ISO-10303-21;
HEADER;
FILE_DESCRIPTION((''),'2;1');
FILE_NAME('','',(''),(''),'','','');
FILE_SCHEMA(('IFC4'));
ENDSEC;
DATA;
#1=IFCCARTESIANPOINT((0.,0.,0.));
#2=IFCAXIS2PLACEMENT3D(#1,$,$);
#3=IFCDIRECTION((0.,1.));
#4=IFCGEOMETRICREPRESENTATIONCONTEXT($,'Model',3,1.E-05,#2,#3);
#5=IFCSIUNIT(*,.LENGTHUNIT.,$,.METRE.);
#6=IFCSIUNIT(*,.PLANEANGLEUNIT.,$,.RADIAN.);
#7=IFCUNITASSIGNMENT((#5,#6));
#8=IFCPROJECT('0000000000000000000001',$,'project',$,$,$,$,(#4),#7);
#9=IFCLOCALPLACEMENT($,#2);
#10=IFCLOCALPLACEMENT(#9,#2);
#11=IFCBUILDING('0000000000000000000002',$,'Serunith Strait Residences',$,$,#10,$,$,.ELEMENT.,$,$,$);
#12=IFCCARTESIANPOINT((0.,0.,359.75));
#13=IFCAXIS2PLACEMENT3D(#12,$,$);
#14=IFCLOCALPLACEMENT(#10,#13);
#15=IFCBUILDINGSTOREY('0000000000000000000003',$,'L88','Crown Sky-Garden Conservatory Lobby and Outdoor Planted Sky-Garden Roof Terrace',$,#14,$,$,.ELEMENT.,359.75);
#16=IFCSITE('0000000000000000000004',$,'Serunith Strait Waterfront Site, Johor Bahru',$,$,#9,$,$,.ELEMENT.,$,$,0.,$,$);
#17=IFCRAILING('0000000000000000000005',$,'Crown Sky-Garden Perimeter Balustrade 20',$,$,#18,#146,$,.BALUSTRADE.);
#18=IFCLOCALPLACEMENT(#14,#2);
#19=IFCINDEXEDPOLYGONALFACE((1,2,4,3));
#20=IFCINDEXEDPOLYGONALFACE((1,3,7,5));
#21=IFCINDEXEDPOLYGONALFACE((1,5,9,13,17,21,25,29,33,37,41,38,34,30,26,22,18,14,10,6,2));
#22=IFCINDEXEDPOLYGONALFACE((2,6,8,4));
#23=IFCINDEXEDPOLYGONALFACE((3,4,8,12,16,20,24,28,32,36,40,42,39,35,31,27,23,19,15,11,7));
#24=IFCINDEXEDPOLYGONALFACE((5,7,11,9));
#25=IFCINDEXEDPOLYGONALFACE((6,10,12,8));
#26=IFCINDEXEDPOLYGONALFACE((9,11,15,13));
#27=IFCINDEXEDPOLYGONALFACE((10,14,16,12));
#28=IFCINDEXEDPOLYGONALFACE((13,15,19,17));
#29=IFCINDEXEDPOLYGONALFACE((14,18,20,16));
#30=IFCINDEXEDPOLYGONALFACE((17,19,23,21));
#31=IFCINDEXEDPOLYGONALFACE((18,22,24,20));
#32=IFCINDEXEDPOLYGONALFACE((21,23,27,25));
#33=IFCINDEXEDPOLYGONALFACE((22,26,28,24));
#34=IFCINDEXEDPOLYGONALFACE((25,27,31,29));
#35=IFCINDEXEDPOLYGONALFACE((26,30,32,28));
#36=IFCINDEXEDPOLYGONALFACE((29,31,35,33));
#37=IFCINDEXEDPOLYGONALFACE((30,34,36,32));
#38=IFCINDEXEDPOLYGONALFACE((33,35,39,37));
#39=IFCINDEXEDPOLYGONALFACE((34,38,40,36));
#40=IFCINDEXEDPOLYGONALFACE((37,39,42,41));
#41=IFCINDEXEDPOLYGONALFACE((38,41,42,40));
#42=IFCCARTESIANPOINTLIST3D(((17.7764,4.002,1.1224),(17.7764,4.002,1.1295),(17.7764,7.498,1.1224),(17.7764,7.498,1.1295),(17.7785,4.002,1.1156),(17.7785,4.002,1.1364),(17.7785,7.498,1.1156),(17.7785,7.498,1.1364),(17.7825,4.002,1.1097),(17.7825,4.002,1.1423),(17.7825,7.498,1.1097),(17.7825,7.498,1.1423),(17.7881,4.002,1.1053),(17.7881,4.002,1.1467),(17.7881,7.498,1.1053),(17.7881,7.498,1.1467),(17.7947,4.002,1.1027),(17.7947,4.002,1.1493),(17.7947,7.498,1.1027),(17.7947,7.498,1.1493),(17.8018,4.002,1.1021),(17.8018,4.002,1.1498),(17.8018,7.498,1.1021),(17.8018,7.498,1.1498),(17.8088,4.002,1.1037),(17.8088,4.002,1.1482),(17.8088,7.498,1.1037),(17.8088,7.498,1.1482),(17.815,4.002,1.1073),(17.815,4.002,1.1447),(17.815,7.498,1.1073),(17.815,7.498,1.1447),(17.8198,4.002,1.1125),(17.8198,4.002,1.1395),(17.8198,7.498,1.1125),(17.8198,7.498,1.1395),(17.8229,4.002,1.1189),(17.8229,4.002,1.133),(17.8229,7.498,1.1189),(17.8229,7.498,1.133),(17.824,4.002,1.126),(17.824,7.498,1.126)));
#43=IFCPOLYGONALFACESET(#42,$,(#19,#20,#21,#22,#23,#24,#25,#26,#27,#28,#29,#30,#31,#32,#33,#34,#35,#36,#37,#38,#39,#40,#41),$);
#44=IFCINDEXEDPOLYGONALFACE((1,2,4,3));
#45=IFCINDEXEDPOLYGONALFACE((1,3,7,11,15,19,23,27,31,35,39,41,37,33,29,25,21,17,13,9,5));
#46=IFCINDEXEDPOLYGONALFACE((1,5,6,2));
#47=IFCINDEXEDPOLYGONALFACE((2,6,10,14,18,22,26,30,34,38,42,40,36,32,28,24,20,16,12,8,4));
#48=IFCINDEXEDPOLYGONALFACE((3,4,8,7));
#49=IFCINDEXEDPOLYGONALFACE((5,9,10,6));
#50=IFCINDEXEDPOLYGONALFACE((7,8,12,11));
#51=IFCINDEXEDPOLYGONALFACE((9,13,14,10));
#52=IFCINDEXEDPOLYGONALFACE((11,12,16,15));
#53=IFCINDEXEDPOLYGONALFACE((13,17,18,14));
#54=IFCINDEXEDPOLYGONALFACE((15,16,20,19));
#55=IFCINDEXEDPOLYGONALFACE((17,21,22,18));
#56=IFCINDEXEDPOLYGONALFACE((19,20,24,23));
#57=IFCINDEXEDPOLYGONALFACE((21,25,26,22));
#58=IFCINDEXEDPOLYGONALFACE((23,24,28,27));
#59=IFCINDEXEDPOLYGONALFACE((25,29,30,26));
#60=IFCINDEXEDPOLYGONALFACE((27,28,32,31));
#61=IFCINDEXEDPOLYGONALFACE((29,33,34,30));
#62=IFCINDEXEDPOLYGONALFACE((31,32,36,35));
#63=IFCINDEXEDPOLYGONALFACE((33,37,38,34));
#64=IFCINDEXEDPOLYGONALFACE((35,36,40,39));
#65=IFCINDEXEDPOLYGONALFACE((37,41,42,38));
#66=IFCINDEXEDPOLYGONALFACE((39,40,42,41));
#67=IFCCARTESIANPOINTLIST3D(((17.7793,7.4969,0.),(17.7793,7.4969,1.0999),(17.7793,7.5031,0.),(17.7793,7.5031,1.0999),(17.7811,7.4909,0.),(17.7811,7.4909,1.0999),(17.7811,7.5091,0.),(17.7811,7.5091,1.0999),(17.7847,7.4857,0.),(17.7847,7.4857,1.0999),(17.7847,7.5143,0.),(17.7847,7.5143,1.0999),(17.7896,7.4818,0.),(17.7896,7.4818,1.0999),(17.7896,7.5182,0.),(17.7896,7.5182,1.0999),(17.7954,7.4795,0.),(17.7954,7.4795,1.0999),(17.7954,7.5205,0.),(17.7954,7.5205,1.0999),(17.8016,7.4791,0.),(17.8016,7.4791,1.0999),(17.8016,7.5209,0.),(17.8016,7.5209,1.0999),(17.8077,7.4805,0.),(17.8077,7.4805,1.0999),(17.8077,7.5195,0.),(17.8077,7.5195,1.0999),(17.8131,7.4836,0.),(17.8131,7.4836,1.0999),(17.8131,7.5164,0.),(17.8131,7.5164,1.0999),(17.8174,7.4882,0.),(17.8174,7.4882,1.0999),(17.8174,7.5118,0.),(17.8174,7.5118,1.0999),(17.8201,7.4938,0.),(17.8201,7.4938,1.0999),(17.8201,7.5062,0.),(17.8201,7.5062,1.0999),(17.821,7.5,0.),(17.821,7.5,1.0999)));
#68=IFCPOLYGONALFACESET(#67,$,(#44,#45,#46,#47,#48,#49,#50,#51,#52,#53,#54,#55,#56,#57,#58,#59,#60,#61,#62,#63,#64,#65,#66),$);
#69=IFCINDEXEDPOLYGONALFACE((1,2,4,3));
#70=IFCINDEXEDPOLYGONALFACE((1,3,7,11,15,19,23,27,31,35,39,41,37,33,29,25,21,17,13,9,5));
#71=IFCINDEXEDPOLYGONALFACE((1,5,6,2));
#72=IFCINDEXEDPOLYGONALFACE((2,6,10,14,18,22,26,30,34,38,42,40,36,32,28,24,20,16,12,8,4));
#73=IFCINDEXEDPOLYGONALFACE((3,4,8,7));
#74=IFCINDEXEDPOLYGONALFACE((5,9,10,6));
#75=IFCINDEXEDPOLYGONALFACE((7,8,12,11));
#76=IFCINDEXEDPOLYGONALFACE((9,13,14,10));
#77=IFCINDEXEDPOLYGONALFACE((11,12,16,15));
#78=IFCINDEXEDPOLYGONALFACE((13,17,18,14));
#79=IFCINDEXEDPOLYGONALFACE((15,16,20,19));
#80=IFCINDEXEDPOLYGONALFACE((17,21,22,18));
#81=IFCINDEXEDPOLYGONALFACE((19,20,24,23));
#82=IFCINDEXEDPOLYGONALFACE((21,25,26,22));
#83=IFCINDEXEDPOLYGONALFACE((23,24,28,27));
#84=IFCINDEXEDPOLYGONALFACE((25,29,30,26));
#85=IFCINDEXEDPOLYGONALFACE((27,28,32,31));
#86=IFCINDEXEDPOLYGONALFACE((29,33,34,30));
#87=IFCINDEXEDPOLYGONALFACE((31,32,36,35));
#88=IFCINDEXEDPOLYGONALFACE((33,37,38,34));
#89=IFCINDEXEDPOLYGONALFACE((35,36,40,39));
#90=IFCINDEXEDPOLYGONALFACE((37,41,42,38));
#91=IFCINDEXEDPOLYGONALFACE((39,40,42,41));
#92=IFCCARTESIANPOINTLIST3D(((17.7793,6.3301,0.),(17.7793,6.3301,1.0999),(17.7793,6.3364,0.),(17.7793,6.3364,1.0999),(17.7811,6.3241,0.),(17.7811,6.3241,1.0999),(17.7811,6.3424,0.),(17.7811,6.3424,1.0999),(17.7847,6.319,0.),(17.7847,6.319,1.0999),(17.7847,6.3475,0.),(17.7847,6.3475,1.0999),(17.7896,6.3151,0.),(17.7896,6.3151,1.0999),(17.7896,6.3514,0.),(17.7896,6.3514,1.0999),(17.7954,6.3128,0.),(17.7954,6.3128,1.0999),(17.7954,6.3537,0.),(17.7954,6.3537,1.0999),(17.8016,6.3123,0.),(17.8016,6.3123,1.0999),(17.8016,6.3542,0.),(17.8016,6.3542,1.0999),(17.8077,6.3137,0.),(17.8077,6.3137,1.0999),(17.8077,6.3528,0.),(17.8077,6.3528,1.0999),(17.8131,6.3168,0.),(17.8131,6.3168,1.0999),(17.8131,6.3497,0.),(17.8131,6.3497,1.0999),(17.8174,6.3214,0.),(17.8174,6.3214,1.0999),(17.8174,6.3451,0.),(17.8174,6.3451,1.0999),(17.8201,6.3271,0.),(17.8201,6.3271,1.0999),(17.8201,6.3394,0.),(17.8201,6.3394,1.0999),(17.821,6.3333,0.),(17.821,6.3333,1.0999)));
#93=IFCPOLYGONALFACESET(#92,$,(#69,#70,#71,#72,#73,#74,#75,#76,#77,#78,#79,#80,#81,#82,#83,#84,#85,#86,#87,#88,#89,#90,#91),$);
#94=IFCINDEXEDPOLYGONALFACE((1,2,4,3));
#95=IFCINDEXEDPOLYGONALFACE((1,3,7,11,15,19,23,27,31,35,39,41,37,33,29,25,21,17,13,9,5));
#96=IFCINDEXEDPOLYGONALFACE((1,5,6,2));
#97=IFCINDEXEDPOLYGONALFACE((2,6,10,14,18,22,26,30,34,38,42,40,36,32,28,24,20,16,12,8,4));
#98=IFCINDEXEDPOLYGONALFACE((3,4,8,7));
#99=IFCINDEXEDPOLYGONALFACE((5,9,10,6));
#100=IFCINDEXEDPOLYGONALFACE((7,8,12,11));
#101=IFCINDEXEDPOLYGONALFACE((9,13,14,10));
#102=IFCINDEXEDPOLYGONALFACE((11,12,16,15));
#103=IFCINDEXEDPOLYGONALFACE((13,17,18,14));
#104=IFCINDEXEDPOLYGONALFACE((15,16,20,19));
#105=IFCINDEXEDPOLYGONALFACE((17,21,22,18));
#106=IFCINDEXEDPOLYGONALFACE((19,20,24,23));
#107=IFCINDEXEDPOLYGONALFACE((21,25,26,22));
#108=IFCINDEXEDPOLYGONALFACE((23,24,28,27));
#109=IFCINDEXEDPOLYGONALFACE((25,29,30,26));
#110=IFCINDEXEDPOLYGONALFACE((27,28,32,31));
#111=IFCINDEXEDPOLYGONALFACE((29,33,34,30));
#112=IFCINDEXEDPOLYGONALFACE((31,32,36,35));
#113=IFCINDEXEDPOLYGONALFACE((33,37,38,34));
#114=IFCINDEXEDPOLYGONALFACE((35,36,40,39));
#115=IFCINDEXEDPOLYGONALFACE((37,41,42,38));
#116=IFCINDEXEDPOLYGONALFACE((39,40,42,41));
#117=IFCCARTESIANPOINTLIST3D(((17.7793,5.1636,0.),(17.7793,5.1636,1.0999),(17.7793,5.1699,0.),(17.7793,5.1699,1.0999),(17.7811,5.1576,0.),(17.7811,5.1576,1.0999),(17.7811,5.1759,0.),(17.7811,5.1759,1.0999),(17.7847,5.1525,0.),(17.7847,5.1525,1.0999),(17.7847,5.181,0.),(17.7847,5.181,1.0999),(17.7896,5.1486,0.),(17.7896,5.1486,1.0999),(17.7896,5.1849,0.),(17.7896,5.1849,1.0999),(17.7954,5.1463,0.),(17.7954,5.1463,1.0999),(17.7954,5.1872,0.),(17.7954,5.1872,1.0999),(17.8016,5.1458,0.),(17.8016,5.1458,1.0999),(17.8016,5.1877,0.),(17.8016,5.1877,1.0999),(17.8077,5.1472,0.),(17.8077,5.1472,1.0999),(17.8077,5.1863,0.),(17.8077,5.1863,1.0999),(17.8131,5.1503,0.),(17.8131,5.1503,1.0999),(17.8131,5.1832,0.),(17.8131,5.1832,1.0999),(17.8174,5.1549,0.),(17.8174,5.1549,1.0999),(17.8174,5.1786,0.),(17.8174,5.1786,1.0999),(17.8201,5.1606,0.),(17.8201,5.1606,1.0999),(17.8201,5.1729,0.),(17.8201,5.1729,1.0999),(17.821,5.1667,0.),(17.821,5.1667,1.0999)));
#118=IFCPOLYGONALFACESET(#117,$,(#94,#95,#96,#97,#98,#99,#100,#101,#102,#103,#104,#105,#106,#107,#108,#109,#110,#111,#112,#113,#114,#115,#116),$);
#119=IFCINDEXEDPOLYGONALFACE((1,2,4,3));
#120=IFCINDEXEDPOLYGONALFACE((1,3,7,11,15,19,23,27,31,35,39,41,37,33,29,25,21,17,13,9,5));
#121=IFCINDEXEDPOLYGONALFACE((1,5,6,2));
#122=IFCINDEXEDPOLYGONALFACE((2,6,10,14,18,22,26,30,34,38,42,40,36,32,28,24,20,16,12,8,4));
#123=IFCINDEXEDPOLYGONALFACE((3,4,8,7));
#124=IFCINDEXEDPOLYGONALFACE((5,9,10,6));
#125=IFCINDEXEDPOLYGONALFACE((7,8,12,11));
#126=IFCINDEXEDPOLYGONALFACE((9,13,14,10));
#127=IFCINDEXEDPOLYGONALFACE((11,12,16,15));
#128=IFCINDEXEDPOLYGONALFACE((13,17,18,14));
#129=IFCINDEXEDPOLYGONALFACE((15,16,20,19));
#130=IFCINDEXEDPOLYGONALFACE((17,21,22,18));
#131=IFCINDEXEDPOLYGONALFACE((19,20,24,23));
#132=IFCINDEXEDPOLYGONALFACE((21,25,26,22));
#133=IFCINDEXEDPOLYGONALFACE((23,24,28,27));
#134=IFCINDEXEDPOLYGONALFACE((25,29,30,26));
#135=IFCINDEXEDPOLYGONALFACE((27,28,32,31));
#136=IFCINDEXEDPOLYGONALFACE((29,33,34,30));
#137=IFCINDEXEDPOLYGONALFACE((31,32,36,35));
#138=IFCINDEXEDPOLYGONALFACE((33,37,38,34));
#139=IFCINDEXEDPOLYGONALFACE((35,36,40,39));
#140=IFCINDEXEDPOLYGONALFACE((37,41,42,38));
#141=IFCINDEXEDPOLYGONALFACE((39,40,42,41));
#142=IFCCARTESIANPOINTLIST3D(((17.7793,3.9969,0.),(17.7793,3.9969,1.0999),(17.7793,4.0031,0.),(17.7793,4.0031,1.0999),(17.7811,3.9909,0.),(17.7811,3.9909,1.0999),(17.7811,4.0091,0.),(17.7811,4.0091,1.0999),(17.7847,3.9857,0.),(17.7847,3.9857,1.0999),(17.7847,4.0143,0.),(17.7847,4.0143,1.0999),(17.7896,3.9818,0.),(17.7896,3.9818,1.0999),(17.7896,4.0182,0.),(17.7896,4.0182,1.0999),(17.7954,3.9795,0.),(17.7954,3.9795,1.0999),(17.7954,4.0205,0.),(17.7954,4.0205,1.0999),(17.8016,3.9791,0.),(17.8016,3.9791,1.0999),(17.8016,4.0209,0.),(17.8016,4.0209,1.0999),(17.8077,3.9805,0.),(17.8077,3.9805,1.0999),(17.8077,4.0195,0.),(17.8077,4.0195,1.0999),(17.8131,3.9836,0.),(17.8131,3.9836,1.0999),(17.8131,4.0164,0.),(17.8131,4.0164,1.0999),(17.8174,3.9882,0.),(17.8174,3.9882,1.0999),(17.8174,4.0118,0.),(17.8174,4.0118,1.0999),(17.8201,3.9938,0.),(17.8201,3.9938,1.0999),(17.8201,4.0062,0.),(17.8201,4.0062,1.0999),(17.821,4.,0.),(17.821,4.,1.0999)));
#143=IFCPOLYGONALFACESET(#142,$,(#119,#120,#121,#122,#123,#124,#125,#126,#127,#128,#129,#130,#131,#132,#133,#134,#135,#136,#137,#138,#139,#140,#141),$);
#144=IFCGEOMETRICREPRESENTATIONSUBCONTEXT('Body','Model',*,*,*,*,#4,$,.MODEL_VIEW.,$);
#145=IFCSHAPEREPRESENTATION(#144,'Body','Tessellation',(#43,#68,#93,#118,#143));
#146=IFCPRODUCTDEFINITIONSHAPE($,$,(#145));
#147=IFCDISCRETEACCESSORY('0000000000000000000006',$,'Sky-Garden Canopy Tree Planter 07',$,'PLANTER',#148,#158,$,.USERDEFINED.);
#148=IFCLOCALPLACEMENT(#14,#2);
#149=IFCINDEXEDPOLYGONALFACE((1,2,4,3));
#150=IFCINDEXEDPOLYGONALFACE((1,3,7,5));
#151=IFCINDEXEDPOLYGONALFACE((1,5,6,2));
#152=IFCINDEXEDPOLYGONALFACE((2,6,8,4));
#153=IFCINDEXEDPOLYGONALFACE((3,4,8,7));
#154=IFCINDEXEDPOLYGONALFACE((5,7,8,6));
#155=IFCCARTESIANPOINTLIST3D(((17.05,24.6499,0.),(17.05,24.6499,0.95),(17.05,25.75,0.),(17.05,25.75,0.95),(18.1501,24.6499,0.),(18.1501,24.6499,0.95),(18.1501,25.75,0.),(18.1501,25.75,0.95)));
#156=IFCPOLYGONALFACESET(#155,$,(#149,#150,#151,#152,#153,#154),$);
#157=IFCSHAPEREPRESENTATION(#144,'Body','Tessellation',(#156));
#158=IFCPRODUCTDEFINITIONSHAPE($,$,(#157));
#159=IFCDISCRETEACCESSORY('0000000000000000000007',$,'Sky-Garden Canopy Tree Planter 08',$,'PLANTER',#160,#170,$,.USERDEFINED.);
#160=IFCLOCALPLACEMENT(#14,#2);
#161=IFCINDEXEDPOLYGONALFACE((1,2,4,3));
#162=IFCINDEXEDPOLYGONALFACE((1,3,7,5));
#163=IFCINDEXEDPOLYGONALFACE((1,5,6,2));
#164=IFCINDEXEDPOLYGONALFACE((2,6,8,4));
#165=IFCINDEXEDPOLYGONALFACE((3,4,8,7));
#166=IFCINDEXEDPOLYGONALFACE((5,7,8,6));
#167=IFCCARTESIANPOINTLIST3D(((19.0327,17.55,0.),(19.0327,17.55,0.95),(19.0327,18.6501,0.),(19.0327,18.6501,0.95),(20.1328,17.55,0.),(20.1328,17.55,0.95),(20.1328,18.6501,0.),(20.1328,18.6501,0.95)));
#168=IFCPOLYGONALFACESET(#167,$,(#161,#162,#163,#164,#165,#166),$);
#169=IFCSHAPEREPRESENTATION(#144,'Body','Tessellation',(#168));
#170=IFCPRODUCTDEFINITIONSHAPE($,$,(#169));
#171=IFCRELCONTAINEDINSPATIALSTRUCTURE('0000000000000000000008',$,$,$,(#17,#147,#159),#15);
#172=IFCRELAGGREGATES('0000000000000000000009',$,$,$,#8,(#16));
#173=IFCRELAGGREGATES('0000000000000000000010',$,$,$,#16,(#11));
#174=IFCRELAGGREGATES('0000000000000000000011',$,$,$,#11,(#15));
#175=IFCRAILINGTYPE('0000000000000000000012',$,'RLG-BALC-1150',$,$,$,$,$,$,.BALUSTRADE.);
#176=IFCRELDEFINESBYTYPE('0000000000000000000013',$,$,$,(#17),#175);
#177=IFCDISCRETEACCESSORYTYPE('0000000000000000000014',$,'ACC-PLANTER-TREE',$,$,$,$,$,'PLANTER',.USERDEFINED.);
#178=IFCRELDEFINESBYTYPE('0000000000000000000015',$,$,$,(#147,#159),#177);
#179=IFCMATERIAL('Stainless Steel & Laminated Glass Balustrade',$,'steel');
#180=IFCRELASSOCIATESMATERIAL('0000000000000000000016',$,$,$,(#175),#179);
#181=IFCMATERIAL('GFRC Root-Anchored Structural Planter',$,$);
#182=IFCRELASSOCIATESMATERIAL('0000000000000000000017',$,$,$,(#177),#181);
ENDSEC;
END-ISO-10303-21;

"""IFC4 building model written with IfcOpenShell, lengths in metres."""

from ifc_helpers import new_model, si_unit, direction, frame, origin, origin_2d, place, context, subcontext, project, spatial, rectangle, circle, extrude, source, transform, mapped, material, type_object, element, save


model = new_model("IFC4")

# Units and contexts
model_context = context("Model", 3, precision=1e-05, world=origin(), true_north=direction((0.0, 1.0)))
body_context = subcontext(model_context, "Body", "Model", "MODEL_VIEW")
ifc_project = project(units=[si_unit("LENGTHUNIT", "METRE"), si_unit("PLANEANGLEUNIT", "RADIAN")], contexts=[model_context])

# Site, building, storey
site_placement = place(None, origin())
site = spatial("IfcSite", under=ifc_project, at=site_placement, Name="Serunith Strait Waterfront Site, Johor Bahru", CompositionType="ELEMENT", RefElevation=0.0)
building_placement = place(site_placement, origin())
building = spatial("IfcBuilding", under=site, at=building_placement, Name="Serunith Strait Residences", CompositionType="ELEMENT")
storey_placement = place(building_placement, frame((0.0, 0.0, 359.75)))
storey = spatial("IfcBuildingStorey", under=building, at=storey_placement, Name="L88", Description="Crown Sky-Garden Conservatory Lobby and Outdoor Planted Sky-Garden Roof Terrace", CompositionType="ELEMENT", Elevation=359.75)

# Railing
ifc_material_1 = material(Name="Stainless Steel & Laminated Glass Balustrade", Category="steel")
railing_type = type_object("IfcRailingType", Name="RLG-BALC-1150", PredefinedType="BALUSTRADE", material=ifc_material_1)
railing_1_placement = place(storey_placement, frame((17.8, 7.5, 0.0)))
element("IfcRailing", 1, at=railing_1_placement, inside=storey, type_object=railing_type, Name="Crown Sky-Garden Perimeter Balustrade 20", PredefinedType="BALUSTRADE", context=body_context, shape_type="SweptSolid", body=[
    extrude(circle(Radius=0.0239, at=origin_2d()), frame((0.0, -0.002, 1.126), z_axis=(0.0, -1.0, 0.0), x_axis=(1.0, 0.0, 0.0)), (0.0, 0.0, 1.0), 3.4961),
    extrude(circle(Radius=0.021, at=origin_2d()), origin(), (0.0, 0.0, 1.0), 1.0999),
    extrude(circle(Radius=0.021, at=origin_2d()), frame((0.0, -1.1667, 0.0)), (0.0, 0.0, 1.0), 1.0999),
    extrude(circle(Radius=0.021, at=origin_2d()), frame((0.0, -2.3333, 0.0)), (0.0, 0.0, 1.0), 1.0999),
    extrude(circle(Radius=0.021, at=origin_2d()), frame((0.0, -3.5, 0.0)), (0.0, 0.0, 1.0), 1.0999),
])

# Discrete accessories
ifc_material_2 = material(Name="GFRC Root-Anchored Structural Planter")
discrete_accessory_type = type_object("IfcDiscreteAccessoryType", Name="ACC-PLANTER-TREE", ElementType="PLANTER", PredefinedType="USERDEFINED", material=ifc_material_2)
shared_shape_1 = source(origin(), body_context, "Body", "SweptSolid", [
    extrude(rectangle(XDim=1.1001, YDim=1.1001, at=origin_2d()), origin(), (0.0, 0.0, 1.0), 0.95),
])
for number, where, z_axis, x_axis, name in (
    (2, (17.6001, 25.2, 0.0), (0.0, 0.0, 1.0), (1.0, 0.0, 0.0), "Sky-Garden Canopy Tree Planter 07"),
    (3, (19.5828, 18.1001, 0.0), (0.0, 0.0, 1.0), (1.0, 0.0, 0.0), "Sky-Garden Canopy Tree Planter 08"),
):
    element("IfcDiscreteAccessory", number, at=place(storey_placement, frame(where, z_axis=z_axis, x_axis=x_axis)), inside=storey, type_object=discrete_accessory_type, Name=name, ObjectType="PLANTER", PredefinedType="USERDEFINED", context=body_context, shape_type="MappedRepresentation", body=[
        mapped(shared_shape_1, transform((0.0, 0.0, 0.0), scale=1.0)),
    ])

save(model, "model.ifc")
